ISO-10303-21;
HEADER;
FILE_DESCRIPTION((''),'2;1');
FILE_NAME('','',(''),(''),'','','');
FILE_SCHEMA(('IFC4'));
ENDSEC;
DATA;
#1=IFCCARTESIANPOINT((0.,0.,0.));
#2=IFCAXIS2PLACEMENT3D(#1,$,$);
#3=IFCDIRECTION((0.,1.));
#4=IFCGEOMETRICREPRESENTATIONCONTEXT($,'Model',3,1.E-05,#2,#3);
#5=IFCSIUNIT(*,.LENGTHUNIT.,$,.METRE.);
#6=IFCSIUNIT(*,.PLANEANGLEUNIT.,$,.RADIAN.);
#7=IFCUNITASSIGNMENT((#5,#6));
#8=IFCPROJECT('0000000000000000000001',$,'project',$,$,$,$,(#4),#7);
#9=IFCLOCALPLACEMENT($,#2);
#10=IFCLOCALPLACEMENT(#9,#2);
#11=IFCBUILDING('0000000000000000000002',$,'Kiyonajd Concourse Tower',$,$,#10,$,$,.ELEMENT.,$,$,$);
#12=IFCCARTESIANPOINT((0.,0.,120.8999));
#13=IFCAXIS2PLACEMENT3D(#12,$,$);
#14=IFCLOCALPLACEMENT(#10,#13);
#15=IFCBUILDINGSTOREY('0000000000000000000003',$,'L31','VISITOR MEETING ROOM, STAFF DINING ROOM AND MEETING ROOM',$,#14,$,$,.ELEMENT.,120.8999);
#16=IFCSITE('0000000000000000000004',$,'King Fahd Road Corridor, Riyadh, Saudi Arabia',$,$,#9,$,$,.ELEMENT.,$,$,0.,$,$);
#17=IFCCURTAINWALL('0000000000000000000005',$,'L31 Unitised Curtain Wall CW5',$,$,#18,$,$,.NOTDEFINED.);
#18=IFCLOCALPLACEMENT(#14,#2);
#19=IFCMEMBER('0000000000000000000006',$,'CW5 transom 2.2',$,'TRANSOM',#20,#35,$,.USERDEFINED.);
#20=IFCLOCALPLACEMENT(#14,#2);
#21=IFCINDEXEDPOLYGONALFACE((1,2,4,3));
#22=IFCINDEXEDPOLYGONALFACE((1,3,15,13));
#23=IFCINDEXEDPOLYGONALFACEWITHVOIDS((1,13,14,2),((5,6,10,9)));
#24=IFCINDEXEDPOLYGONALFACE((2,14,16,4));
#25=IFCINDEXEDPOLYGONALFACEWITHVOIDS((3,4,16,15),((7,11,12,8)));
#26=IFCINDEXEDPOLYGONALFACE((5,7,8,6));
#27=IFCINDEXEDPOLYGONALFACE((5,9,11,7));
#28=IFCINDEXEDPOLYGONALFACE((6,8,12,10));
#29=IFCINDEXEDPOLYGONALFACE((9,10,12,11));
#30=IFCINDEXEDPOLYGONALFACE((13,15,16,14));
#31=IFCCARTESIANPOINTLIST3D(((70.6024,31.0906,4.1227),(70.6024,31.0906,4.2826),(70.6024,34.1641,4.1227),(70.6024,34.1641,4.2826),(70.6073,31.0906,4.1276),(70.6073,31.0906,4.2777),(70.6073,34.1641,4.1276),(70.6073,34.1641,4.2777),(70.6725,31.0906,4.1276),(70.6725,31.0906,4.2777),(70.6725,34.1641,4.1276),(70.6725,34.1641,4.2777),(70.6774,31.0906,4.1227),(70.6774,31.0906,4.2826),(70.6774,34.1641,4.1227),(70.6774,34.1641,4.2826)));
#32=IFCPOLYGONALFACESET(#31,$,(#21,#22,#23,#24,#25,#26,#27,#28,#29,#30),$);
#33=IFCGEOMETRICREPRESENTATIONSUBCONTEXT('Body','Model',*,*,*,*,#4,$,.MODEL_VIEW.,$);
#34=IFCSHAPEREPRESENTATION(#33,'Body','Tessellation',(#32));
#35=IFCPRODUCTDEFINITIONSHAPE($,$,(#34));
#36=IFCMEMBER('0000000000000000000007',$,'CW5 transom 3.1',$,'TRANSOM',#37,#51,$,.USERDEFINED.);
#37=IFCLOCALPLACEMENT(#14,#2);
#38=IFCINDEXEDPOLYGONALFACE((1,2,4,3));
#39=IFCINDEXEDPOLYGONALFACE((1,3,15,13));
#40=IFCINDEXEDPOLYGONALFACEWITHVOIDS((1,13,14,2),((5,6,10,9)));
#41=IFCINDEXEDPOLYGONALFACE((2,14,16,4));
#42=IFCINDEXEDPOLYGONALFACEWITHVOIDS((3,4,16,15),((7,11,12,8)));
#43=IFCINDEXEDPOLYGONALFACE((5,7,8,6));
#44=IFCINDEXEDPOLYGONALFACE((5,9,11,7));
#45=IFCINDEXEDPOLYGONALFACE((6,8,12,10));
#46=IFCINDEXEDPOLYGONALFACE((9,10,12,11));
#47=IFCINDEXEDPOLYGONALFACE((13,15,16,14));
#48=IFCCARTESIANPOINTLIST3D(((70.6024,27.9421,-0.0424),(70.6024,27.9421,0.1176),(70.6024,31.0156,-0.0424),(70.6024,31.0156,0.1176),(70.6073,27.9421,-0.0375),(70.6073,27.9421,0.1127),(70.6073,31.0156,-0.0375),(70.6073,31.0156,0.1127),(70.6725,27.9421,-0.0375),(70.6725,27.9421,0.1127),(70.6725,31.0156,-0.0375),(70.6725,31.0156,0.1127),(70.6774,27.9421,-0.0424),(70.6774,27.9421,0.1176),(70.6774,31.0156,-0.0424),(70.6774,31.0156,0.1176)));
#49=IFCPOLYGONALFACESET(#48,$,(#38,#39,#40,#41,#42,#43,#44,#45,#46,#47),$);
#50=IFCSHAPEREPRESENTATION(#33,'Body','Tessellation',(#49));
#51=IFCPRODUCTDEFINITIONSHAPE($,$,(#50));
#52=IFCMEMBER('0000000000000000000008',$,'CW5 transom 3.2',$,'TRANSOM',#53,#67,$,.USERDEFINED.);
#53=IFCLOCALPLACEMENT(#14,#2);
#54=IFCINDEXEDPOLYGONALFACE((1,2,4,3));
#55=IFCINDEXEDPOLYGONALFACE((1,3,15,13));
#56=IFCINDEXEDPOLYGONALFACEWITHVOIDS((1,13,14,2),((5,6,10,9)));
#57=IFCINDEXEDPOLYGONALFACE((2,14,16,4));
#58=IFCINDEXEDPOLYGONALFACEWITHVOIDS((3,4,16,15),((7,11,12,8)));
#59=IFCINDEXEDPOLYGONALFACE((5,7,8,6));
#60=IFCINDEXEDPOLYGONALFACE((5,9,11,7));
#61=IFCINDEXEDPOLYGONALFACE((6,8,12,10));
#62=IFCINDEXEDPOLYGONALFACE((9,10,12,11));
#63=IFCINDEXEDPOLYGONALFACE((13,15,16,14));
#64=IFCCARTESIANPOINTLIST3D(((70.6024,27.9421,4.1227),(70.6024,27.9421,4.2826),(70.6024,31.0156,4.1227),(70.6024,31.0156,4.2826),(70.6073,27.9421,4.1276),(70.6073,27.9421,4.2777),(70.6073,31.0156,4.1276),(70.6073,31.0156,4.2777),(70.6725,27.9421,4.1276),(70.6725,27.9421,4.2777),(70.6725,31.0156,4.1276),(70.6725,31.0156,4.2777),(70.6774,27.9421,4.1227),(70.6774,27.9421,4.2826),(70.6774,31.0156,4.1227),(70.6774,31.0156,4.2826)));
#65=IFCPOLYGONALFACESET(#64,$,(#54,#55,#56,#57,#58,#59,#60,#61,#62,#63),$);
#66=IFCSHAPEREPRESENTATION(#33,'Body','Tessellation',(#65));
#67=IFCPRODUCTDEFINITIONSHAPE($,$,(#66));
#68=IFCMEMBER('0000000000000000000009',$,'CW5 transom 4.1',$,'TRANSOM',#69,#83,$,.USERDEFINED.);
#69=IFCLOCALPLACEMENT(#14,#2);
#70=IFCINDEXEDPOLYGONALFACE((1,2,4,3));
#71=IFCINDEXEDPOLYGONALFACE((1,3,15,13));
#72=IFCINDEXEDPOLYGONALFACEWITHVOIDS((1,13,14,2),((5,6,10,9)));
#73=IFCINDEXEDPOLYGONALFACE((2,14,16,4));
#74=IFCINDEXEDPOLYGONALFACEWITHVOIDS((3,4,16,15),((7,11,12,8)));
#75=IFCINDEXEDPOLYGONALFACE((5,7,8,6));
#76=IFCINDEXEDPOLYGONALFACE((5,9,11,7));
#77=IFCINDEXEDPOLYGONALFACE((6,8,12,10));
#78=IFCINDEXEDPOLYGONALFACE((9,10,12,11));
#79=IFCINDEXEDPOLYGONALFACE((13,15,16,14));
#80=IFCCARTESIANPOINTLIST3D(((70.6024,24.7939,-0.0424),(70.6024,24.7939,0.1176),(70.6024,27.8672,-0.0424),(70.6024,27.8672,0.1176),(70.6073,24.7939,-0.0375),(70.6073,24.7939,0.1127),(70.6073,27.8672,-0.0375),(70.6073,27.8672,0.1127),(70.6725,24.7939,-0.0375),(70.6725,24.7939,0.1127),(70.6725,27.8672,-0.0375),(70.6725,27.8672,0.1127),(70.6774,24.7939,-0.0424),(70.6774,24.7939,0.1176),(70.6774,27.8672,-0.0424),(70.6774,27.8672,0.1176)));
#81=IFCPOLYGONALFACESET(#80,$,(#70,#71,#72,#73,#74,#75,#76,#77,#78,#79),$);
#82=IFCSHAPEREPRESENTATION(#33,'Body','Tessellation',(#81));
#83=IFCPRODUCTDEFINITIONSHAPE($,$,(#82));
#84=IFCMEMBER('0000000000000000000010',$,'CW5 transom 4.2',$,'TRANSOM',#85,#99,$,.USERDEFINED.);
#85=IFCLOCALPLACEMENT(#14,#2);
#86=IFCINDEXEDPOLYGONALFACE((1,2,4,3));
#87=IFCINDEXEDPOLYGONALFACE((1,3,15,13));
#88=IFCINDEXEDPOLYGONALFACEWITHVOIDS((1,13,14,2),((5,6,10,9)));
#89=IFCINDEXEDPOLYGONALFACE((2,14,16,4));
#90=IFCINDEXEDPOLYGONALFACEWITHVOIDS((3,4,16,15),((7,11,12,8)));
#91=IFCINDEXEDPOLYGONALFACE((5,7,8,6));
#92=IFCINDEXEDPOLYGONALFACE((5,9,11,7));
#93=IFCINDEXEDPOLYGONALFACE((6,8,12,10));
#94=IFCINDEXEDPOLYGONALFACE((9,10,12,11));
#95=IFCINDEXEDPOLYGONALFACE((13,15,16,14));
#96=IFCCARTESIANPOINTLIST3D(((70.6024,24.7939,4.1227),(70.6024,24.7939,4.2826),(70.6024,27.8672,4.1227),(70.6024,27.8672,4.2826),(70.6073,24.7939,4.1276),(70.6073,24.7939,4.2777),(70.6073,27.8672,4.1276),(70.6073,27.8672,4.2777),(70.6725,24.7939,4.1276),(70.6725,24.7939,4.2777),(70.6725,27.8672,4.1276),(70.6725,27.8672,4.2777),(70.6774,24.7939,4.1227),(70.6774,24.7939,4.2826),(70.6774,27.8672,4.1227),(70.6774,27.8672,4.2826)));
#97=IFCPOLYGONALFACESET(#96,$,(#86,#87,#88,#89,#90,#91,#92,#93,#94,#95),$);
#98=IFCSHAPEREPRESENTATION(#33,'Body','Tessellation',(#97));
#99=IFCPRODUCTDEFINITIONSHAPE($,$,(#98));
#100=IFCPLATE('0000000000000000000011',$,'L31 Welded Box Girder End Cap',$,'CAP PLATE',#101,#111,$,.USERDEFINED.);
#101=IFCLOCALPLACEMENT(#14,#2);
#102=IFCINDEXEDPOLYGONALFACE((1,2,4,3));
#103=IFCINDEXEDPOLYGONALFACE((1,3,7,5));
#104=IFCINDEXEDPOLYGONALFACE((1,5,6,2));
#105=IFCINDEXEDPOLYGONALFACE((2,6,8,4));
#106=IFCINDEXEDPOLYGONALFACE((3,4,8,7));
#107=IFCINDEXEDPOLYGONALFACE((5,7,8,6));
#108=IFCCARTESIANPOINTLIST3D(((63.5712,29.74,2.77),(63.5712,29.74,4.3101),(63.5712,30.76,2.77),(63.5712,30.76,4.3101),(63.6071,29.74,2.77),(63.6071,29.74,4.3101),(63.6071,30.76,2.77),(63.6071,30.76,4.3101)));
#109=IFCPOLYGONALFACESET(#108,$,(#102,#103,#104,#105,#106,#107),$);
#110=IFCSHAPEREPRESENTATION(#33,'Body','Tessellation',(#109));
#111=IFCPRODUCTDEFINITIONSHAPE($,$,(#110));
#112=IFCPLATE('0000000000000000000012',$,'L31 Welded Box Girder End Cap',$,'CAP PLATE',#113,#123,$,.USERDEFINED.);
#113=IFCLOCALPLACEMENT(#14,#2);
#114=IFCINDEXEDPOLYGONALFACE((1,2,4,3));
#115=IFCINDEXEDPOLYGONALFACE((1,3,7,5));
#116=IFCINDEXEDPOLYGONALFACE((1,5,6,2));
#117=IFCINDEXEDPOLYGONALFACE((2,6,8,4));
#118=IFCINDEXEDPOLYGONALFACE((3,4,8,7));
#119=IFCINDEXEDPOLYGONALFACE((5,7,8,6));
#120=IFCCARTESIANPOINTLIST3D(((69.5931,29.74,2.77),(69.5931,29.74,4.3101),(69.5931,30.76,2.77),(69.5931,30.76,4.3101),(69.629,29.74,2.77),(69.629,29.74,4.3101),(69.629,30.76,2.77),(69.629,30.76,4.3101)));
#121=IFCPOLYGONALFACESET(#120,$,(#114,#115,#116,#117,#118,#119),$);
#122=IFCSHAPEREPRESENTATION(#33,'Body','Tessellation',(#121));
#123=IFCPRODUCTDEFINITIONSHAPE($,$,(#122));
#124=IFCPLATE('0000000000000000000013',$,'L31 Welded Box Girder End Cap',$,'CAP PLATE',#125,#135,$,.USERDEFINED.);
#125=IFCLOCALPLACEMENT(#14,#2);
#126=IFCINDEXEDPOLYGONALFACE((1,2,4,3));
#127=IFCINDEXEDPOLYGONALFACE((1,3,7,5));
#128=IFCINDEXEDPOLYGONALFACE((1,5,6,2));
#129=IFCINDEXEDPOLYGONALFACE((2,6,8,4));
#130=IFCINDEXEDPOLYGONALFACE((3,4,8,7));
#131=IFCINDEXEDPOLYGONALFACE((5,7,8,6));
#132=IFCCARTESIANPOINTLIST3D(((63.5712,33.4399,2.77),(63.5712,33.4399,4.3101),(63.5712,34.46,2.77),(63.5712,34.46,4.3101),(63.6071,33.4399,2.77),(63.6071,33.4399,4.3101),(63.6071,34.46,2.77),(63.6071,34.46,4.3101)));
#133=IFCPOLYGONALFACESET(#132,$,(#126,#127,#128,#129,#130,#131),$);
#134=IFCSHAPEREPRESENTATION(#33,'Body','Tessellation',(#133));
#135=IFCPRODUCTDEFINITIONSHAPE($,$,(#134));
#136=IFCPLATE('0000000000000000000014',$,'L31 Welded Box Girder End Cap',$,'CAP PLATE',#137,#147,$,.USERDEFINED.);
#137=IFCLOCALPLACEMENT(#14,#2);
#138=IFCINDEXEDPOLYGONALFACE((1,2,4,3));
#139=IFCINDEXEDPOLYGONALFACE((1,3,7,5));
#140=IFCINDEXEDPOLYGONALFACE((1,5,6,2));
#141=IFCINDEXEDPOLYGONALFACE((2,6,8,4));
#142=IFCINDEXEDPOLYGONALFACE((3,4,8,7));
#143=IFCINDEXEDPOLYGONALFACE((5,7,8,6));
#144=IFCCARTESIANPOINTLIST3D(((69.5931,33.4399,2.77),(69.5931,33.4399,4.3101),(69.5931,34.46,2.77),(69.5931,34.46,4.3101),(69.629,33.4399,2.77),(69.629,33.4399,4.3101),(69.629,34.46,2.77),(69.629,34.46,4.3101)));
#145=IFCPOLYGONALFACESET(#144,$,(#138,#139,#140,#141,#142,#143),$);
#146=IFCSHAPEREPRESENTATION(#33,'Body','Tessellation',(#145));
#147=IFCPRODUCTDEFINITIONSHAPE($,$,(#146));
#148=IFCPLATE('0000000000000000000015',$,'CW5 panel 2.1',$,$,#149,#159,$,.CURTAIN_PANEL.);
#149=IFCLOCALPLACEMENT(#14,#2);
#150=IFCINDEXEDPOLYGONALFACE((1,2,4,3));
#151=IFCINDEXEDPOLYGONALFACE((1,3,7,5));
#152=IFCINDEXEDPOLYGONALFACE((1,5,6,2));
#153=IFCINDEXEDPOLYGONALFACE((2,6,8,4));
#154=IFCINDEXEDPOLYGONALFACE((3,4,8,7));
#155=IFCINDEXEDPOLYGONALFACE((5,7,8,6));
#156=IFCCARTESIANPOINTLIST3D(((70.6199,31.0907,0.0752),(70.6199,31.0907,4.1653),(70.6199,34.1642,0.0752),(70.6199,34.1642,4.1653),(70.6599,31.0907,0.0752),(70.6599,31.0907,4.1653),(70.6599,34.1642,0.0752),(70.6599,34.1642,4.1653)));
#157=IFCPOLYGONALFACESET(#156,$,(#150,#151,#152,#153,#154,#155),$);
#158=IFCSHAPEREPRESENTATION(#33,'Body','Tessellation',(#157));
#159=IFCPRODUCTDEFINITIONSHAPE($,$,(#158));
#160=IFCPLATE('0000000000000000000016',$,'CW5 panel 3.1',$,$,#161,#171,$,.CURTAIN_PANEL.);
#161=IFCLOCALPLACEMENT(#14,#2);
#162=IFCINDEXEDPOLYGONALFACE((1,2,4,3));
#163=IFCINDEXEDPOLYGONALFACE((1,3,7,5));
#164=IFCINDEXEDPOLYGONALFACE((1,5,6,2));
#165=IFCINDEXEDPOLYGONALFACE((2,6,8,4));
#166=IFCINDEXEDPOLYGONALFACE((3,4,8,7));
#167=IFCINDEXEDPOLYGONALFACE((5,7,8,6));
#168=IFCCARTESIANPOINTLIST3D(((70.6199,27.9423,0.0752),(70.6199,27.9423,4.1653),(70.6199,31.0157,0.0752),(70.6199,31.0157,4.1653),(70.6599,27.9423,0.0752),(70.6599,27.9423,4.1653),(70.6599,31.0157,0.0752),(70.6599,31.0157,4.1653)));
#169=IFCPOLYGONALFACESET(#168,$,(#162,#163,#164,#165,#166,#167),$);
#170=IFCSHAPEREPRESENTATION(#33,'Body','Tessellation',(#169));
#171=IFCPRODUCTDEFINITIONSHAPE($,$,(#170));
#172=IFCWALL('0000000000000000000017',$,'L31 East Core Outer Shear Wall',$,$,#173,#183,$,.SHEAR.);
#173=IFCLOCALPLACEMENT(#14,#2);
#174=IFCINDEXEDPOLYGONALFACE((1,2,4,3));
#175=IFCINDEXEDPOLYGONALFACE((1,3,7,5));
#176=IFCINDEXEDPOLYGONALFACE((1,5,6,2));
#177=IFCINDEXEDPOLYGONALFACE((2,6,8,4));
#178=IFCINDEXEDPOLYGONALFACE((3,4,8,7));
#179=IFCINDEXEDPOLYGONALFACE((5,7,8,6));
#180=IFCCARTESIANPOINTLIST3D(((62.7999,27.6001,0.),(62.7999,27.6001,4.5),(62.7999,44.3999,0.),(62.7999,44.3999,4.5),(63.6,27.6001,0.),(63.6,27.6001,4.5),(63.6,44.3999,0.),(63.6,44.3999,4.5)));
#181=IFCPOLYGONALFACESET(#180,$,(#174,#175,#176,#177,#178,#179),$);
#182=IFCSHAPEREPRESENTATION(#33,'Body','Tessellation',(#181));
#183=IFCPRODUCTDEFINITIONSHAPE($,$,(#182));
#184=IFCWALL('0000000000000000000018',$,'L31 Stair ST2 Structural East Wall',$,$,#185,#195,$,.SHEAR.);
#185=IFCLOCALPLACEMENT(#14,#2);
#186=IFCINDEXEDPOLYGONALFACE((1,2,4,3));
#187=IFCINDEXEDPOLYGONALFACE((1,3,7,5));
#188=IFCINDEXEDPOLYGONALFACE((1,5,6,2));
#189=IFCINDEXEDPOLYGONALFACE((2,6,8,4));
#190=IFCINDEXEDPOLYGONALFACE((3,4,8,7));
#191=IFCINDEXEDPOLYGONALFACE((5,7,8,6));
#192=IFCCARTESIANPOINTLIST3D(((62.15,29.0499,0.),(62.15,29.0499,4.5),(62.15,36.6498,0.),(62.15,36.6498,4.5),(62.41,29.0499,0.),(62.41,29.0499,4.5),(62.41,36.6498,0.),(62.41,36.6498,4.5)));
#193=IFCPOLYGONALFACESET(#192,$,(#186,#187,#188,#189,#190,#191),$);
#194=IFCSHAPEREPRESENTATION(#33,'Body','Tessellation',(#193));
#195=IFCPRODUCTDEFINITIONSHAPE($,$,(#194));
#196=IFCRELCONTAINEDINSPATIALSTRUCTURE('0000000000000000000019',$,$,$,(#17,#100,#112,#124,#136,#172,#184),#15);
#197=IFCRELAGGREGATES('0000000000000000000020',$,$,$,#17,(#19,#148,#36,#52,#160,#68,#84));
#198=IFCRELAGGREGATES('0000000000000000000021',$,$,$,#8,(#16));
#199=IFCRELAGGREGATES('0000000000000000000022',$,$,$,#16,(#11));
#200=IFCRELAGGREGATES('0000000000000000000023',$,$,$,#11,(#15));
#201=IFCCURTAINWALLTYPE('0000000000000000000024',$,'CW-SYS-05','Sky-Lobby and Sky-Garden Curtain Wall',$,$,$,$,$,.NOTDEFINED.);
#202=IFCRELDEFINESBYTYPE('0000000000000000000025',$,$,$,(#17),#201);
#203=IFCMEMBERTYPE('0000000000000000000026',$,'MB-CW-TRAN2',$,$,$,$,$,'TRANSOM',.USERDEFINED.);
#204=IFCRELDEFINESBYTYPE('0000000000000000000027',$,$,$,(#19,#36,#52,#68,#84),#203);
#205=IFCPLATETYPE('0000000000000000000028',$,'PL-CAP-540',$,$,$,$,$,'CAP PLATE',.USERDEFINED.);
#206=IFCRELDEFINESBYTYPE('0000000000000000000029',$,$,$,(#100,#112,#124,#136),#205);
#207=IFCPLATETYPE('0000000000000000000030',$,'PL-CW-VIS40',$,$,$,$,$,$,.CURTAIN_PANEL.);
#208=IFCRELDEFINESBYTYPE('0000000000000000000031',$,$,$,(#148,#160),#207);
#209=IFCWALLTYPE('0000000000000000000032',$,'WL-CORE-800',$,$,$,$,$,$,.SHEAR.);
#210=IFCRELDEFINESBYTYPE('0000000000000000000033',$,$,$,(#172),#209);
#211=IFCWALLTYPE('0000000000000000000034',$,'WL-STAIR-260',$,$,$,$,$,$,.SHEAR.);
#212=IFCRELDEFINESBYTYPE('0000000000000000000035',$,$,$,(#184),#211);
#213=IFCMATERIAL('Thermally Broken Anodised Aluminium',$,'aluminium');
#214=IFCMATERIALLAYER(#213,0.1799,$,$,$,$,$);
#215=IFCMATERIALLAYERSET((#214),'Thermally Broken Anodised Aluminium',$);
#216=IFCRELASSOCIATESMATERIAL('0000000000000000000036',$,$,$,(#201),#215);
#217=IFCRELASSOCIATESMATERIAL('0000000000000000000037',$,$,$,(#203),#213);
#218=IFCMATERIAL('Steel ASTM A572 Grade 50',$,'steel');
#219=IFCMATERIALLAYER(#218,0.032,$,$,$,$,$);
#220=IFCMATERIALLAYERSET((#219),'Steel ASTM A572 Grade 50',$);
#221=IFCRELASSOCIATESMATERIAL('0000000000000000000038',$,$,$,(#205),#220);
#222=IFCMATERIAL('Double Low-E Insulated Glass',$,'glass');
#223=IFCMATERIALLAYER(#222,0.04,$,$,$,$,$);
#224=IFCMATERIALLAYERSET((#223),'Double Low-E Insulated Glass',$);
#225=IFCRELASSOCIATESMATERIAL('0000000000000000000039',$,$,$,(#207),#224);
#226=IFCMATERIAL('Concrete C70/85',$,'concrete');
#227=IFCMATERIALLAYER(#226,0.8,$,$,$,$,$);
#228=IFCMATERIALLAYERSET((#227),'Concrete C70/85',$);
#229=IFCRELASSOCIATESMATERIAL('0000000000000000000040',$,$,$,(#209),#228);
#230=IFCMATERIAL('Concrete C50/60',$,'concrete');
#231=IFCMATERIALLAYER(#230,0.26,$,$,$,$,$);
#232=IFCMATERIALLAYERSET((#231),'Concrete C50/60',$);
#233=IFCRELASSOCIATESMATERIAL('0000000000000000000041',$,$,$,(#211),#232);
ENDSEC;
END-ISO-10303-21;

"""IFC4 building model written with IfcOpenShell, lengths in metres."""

from ifc_helpers import new_model, si_unit, direction, frame, frame_2d, origin, origin_2d, place, context, subcontext, project, spatial, rectangle, hollow_rectangle, extrude, material, layer, layer_set, material_profile, profile_set, type_object, element, aggregate, save


model = new_model("IFC4")

# Units and contexts
model_context = context("Model", 3, precision=1e-05, world=origin(), true_north=direction((0.0, 1.0)))
body_context = subcontext(model_context, "Body", "Model", "MODEL_VIEW")
ifc_project = project(units=[si_unit("LENGTHUNIT", "METRE"), si_unit("PLANEANGLEUNIT", "RADIAN")], contexts=[model_context])

# Site, building, storey
site_placement = place(None, origin())
site = spatial("IfcSite", under=ifc_project, at=site_placement, Name="King Fahd Road Corridor, Riyadh, Saudi Arabia", CompositionType="ELEMENT", RefElevation=0.0)
building_placement = place(site_placement, origin())
building = spatial("IfcBuilding", under=site, at=building_placement, Name="Kiyonajd Concourse Tower", CompositionType="ELEMENT")
storey_placement = place(building_placement, frame((0.0, 0.0, 120.8999)))
storey = spatial("IfcBuildingStorey", under=building, at=storey_placement, Name="L31", Description="VISITOR MEETING ROOM, STAFF DINING ROOM AND MEETING ROOM", CompositionType="ELEMENT", Elevation=120.8999)

# Shared definitions
ifc_material_1 = material(Name="Concrete C70/85", Category="concrete")

# Shared definitions
ifc_material_2 = material(Name="Steel ASTM A572 Grade 50", Category="steel")

# Curtain wall, members
ifc_material_3 = material(Name="Thermally Broken Anodised Aluminium", Category="aluminium")
ifc_layer_1 = layer(ifc_material_3, 0.1799)
ifc_layer_set_1 = layer_set([ifc_layer_1], Name="Thermally Broken Anodised Aluminium")
curtain_wall_type = type_object("IfcCurtainWallType", Name="CW-SYS-05", Description="Sky-Lobby and Sky-Garden Curtain Wall", PredefinedType="NOTDEFINED", material=ifc_layer_set_1)
curtain_wall_placement = place(storey_placement, origin())
curtain_wall = element("IfcCurtainWall", 1, at=curtain_wall_placement, inside=storey, type_object=curtain_wall_type, Name="L31 Unitised Curtain Wall CW5", PredefinedType="NOTDEFINED")
ifc_material_profile_1 = material_profile(ifc_material_3, hollow_rectangle(XDim=0.075, YDim=0.1599, WallThickness=0.0049, at=origin_2d()), Name="TRAN-75x160")
ifc_profile_set_1 = profile_set([ifc_material_profile_1], Name="Thermally Broken Anodised Aluminium")
member_type_1 = type_object("IfcMemberType", Name="MB-CW-TRAN2", ElementType="TRANSOM", PredefinedType="USERDEFINED", material=ifc_profile_set_1)
member_1_placement = place(storey_placement, frame((70.6399, 34.1641, 4.2026), z_axis=(0.0, -1.0, 0.0), x_axis=(1.0, 0.0, 0.0)))
member_1 = element("IfcMember", 2, at=member_1_placement, type_object=member_type_1, Name="CW5 transom 2.2", ObjectType="TRANSOM", PredefinedType="USERDEFINED", context=body_context, shape_type="SweptSolid", body=[
    extrude(hollow_rectangle(XDim=0.075, YDim=0.1599, WallThickness=0.0049, at=origin_2d()), origin(), (0.0, 0.0, 1.0), 3.0735),
])
member_2_placement = place(storey_placement, frame((70.6399, 31.0156, 0.0376), z_axis=(0.0, -1.0, 0.0), x_axis=(1.0, 0.0, 0.0)))
member_2 = element("IfcMember", 3, at=member_2_placement, type_object=member_type_1, Name="CW5 transom 3.1", ObjectType="TRANSOM", PredefinedType="USERDEFINED", context=body_context, shape_type="SweptSolid", body=[
    extrude(hollow_rectangle(XDim=0.075, YDim=0.1599, WallThickness=0.0049, at=origin_2d()), origin(), (0.0, 0.0, 1.0), 3.0735),
])
member_3_placement = place(storey_placement, frame((70.6399, 31.0156, 4.2026), z_axis=(0.0, -1.0, 0.0), x_axis=(1.0, 0.0, 0.0)))
member_3 = element("IfcMember", 4, at=member_3_placement, type_object=member_type_1, Name="CW5 transom 3.2", ObjectType="TRANSOM", PredefinedType="USERDEFINED", context=body_context, shape_type="SweptSolid", body=[
    extrude(hollow_rectangle(XDim=0.075, YDim=0.1599, WallThickness=0.0049, at=origin_2d()), origin(), (0.0, 0.0, 1.0), 3.0735),
])
member_4_placement = place(storey_placement, frame((70.6399, 27.8672, 0.0376), z_axis=(0.0, -1.0, 0.0), x_axis=(1.0, 0.0, 0.0)))
member_4 = element("IfcMember", 5, at=member_4_placement, type_object=member_type_1, Name="CW5 transom 4.1", ObjectType="TRANSOM", PredefinedType="USERDEFINED", context=body_context, shape_type="SweptSolid", body=[
    extrude(hollow_rectangle(XDim=0.075, YDim=0.1599, WallThickness=0.0049, at=origin_2d()), origin(), (0.0, 0.0, 1.0), 3.0732),
])
member_5_placement = place(storey_placement, frame((70.6399, 27.8672, 4.2026), z_axis=(0.0, -1.0, 0.0), x_axis=(1.0, 0.0, 0.0)))
member_5 = element("IfcMember", 6, at=member_5_placement, type_object=member_type_1, Name="CW5 transom 4.2", ObjectType="TRANSOM", PredefinedType="USERDEFINED", context=body_context, shape_type="SweptSolid", body=[
    extrude(hollow_rectangle(XDim=0.075, YDim=0.1599, WallThickness=0.0049, at=origin_2d()), origin(), (0.0, 0.0, 1.0), 3.0732),
])

# Plates
ifc_layer_2 = layer(ifc_material_2, 0.032)
ifc_layer_set_2 = layer_set([ifc_layer_2], Name="Steel ASTM A572 Grade 50")
plate_type_1 = type_object("IfcPlateType", Name="PL-CAP-540", ElementType="CAP PLATE", PredefinedType="USERDEFINED", material=ifc_layer_set_2)
for number, where, z_axis, x_axis, name in (
    (7, (63.5891, 30.25, 2.77), (0.0, 0.0, 1.0), (-1.0, 0.0, 0.0), "L31 Welded Box Girder End Cap"),
    (8, (69.6111, 30.25, 2.77), (0.0, 0.0, 1.0), (1.0, 0.0, 0.0), "L31 Welded Box Girder End Cap"),
    (9, (63.5891, 33.95, 2.77), (0.0, 0.0, 1.0), (-1.0, 0.0, 0.0), "L31 Welded Box Girder End Cap"),
    (10, (69.6111, 33.95, 2.77), (0.0, 0.0, 1.0), (1.0, 0.0, 0.0), "L31 Welded Box Girder End Cap"),
):
    element("IfcPlate", number, at=place(storey_placement, frame(where, z_axis=z_axis, x_axis=x_axis)), inside=storey, type_object=plate_type_1, Name=name, ObjectType="CAP PLATE", PredefinedType="USERDEFINED", context=body_context, shape_type="SweptSolid", body=[
        extrude(rectangle(XDim=0.0359, YDim=1.02, at=origin_2d()), origin(), (0.0, 0.0, 1.0), 1.54),
    ])

# Plates
ifc_material_4 = material(Name="Double Low-E Insulated Glass", Category="glass")
ifc_layer_3 = layer(ifc_material_4, 0.04)
ifc_layer_set_3 = layer_set([ifc_layer_3], Name="Double Low-E Insulated Glass")
plate_type_2 = type_object("IfcPlateType", Name="PL-CW-VIS40", PredefinedType="CURTAIN_PANEL", material=ifc_layer_set_3)
plate_1_placement = place(storey_placement, frame((70.6399, 32.6274, 0.0752), z_axis=(0.0, 0.0, 1.0), x_axis=(0.0, -1.0, 0.0)))
plate_1 = element("IfcPlate", 11, at=plate_1_placement, type_object=plate_type_2, Name="CW5 panel 2.1", PredefinedType="CURTAIN_PANEL", context=body_context, shape_type="SweptSolid", body=[
    extrude(rectangle(XDim=3.0735, YDim=0.04, at=origin_2d()), origin(), (0.0, 0.0, 1.0), 4.0901),
])
plate_2_placement = place(storey_placement, frame((70.6399, 29.479, 0.0752), z_axis=(0.0, 0.0, 1.0), x_axis=(0.0, -1.0, 0.0)))
plate_2 = element("IfcPlate", 12, at=plate_2_placement, type_object=plate_type_2, Name="CW5 panel 3.1", PredefinedType="CURTAIN_PANEL", context=body_context, shape_type="SweptSolid", body=[
    extrude(rectangle(XDim=3.0735, YDim=0.04, at=origin_2d()), origin(), (0.0, 0.0, 1.0), 4.0901),
])
aggregate(curtain_wall, [member_1, plate_1, member_2, member_3, plate_2, member_4, member_5])

# Walls
ifc_layer_4 = layer(ifc_material_1, 0.8)
ifc_layer_set_4 = layer_set([ifc_layer_4], Name="Concrete C70/85")
wall_type_1 = type_object("IfcWallType", Name="WL-CORE-800", PredefinedType="SHEAR", material=ifc_layer_set_4)
wall_1_placement = place(storey_placement, frame((63.2, 27.6001, 0.0), z_axis=(0.0, 0.0, 1.0), x_axis=(0.0, 1.0, 0.0)))
element("IfcWall", 13, at=wall_1_placement, inside=storey, type_object=wall_type_1, Name="L31 East Core Outer Shear Wall", PredefinedType="SHEAR", context=body_context, shape_type="SweptSolid", body=[
    extrude(rectangle(XDim=16.7998, YDim=0.8, at=frame_2d((8.3999, 0.0))), origin(), (0.0, 0.0, 1.0), 4.5),
])
ifc_material_5 = material(Name="Concrete C50/60", Category="concrete")
ifc_layer_5 = layer(ifc_material_5, 0.26)
ifc_layer_set_5 = layer_set([ifc_layer_5], Name="Concrete C50/60")
wall_type_2 = type_object("IfcWallType", Name="WL-STAIR-260", PredefinedType="SHEAR", material=ifc_layer_set_5)
wall_2_placement = place(storey_placement, frame((62.28, 29.05, 0.0), z_axis=(0.0, 0.0, 1.0), x_axis=(0.0, 1.0, 0.0)))
element("IfcWall", 14, at=wall_2_placement, inside=storey, type_object=wall_type_2, Name="L31 Stair ST2 Structural East Wall", PredefinedType="SHEAR", context=body_context, shape_type="SweptSolid", body=[
    extrude(rectangle(XDim=7.5999, YDim=0.26, at=frame_2d((3.7998, 0.0))), origin(), (0.0, 0.0, 1.0), 4.5),
])

save(model, "model.ifc")
